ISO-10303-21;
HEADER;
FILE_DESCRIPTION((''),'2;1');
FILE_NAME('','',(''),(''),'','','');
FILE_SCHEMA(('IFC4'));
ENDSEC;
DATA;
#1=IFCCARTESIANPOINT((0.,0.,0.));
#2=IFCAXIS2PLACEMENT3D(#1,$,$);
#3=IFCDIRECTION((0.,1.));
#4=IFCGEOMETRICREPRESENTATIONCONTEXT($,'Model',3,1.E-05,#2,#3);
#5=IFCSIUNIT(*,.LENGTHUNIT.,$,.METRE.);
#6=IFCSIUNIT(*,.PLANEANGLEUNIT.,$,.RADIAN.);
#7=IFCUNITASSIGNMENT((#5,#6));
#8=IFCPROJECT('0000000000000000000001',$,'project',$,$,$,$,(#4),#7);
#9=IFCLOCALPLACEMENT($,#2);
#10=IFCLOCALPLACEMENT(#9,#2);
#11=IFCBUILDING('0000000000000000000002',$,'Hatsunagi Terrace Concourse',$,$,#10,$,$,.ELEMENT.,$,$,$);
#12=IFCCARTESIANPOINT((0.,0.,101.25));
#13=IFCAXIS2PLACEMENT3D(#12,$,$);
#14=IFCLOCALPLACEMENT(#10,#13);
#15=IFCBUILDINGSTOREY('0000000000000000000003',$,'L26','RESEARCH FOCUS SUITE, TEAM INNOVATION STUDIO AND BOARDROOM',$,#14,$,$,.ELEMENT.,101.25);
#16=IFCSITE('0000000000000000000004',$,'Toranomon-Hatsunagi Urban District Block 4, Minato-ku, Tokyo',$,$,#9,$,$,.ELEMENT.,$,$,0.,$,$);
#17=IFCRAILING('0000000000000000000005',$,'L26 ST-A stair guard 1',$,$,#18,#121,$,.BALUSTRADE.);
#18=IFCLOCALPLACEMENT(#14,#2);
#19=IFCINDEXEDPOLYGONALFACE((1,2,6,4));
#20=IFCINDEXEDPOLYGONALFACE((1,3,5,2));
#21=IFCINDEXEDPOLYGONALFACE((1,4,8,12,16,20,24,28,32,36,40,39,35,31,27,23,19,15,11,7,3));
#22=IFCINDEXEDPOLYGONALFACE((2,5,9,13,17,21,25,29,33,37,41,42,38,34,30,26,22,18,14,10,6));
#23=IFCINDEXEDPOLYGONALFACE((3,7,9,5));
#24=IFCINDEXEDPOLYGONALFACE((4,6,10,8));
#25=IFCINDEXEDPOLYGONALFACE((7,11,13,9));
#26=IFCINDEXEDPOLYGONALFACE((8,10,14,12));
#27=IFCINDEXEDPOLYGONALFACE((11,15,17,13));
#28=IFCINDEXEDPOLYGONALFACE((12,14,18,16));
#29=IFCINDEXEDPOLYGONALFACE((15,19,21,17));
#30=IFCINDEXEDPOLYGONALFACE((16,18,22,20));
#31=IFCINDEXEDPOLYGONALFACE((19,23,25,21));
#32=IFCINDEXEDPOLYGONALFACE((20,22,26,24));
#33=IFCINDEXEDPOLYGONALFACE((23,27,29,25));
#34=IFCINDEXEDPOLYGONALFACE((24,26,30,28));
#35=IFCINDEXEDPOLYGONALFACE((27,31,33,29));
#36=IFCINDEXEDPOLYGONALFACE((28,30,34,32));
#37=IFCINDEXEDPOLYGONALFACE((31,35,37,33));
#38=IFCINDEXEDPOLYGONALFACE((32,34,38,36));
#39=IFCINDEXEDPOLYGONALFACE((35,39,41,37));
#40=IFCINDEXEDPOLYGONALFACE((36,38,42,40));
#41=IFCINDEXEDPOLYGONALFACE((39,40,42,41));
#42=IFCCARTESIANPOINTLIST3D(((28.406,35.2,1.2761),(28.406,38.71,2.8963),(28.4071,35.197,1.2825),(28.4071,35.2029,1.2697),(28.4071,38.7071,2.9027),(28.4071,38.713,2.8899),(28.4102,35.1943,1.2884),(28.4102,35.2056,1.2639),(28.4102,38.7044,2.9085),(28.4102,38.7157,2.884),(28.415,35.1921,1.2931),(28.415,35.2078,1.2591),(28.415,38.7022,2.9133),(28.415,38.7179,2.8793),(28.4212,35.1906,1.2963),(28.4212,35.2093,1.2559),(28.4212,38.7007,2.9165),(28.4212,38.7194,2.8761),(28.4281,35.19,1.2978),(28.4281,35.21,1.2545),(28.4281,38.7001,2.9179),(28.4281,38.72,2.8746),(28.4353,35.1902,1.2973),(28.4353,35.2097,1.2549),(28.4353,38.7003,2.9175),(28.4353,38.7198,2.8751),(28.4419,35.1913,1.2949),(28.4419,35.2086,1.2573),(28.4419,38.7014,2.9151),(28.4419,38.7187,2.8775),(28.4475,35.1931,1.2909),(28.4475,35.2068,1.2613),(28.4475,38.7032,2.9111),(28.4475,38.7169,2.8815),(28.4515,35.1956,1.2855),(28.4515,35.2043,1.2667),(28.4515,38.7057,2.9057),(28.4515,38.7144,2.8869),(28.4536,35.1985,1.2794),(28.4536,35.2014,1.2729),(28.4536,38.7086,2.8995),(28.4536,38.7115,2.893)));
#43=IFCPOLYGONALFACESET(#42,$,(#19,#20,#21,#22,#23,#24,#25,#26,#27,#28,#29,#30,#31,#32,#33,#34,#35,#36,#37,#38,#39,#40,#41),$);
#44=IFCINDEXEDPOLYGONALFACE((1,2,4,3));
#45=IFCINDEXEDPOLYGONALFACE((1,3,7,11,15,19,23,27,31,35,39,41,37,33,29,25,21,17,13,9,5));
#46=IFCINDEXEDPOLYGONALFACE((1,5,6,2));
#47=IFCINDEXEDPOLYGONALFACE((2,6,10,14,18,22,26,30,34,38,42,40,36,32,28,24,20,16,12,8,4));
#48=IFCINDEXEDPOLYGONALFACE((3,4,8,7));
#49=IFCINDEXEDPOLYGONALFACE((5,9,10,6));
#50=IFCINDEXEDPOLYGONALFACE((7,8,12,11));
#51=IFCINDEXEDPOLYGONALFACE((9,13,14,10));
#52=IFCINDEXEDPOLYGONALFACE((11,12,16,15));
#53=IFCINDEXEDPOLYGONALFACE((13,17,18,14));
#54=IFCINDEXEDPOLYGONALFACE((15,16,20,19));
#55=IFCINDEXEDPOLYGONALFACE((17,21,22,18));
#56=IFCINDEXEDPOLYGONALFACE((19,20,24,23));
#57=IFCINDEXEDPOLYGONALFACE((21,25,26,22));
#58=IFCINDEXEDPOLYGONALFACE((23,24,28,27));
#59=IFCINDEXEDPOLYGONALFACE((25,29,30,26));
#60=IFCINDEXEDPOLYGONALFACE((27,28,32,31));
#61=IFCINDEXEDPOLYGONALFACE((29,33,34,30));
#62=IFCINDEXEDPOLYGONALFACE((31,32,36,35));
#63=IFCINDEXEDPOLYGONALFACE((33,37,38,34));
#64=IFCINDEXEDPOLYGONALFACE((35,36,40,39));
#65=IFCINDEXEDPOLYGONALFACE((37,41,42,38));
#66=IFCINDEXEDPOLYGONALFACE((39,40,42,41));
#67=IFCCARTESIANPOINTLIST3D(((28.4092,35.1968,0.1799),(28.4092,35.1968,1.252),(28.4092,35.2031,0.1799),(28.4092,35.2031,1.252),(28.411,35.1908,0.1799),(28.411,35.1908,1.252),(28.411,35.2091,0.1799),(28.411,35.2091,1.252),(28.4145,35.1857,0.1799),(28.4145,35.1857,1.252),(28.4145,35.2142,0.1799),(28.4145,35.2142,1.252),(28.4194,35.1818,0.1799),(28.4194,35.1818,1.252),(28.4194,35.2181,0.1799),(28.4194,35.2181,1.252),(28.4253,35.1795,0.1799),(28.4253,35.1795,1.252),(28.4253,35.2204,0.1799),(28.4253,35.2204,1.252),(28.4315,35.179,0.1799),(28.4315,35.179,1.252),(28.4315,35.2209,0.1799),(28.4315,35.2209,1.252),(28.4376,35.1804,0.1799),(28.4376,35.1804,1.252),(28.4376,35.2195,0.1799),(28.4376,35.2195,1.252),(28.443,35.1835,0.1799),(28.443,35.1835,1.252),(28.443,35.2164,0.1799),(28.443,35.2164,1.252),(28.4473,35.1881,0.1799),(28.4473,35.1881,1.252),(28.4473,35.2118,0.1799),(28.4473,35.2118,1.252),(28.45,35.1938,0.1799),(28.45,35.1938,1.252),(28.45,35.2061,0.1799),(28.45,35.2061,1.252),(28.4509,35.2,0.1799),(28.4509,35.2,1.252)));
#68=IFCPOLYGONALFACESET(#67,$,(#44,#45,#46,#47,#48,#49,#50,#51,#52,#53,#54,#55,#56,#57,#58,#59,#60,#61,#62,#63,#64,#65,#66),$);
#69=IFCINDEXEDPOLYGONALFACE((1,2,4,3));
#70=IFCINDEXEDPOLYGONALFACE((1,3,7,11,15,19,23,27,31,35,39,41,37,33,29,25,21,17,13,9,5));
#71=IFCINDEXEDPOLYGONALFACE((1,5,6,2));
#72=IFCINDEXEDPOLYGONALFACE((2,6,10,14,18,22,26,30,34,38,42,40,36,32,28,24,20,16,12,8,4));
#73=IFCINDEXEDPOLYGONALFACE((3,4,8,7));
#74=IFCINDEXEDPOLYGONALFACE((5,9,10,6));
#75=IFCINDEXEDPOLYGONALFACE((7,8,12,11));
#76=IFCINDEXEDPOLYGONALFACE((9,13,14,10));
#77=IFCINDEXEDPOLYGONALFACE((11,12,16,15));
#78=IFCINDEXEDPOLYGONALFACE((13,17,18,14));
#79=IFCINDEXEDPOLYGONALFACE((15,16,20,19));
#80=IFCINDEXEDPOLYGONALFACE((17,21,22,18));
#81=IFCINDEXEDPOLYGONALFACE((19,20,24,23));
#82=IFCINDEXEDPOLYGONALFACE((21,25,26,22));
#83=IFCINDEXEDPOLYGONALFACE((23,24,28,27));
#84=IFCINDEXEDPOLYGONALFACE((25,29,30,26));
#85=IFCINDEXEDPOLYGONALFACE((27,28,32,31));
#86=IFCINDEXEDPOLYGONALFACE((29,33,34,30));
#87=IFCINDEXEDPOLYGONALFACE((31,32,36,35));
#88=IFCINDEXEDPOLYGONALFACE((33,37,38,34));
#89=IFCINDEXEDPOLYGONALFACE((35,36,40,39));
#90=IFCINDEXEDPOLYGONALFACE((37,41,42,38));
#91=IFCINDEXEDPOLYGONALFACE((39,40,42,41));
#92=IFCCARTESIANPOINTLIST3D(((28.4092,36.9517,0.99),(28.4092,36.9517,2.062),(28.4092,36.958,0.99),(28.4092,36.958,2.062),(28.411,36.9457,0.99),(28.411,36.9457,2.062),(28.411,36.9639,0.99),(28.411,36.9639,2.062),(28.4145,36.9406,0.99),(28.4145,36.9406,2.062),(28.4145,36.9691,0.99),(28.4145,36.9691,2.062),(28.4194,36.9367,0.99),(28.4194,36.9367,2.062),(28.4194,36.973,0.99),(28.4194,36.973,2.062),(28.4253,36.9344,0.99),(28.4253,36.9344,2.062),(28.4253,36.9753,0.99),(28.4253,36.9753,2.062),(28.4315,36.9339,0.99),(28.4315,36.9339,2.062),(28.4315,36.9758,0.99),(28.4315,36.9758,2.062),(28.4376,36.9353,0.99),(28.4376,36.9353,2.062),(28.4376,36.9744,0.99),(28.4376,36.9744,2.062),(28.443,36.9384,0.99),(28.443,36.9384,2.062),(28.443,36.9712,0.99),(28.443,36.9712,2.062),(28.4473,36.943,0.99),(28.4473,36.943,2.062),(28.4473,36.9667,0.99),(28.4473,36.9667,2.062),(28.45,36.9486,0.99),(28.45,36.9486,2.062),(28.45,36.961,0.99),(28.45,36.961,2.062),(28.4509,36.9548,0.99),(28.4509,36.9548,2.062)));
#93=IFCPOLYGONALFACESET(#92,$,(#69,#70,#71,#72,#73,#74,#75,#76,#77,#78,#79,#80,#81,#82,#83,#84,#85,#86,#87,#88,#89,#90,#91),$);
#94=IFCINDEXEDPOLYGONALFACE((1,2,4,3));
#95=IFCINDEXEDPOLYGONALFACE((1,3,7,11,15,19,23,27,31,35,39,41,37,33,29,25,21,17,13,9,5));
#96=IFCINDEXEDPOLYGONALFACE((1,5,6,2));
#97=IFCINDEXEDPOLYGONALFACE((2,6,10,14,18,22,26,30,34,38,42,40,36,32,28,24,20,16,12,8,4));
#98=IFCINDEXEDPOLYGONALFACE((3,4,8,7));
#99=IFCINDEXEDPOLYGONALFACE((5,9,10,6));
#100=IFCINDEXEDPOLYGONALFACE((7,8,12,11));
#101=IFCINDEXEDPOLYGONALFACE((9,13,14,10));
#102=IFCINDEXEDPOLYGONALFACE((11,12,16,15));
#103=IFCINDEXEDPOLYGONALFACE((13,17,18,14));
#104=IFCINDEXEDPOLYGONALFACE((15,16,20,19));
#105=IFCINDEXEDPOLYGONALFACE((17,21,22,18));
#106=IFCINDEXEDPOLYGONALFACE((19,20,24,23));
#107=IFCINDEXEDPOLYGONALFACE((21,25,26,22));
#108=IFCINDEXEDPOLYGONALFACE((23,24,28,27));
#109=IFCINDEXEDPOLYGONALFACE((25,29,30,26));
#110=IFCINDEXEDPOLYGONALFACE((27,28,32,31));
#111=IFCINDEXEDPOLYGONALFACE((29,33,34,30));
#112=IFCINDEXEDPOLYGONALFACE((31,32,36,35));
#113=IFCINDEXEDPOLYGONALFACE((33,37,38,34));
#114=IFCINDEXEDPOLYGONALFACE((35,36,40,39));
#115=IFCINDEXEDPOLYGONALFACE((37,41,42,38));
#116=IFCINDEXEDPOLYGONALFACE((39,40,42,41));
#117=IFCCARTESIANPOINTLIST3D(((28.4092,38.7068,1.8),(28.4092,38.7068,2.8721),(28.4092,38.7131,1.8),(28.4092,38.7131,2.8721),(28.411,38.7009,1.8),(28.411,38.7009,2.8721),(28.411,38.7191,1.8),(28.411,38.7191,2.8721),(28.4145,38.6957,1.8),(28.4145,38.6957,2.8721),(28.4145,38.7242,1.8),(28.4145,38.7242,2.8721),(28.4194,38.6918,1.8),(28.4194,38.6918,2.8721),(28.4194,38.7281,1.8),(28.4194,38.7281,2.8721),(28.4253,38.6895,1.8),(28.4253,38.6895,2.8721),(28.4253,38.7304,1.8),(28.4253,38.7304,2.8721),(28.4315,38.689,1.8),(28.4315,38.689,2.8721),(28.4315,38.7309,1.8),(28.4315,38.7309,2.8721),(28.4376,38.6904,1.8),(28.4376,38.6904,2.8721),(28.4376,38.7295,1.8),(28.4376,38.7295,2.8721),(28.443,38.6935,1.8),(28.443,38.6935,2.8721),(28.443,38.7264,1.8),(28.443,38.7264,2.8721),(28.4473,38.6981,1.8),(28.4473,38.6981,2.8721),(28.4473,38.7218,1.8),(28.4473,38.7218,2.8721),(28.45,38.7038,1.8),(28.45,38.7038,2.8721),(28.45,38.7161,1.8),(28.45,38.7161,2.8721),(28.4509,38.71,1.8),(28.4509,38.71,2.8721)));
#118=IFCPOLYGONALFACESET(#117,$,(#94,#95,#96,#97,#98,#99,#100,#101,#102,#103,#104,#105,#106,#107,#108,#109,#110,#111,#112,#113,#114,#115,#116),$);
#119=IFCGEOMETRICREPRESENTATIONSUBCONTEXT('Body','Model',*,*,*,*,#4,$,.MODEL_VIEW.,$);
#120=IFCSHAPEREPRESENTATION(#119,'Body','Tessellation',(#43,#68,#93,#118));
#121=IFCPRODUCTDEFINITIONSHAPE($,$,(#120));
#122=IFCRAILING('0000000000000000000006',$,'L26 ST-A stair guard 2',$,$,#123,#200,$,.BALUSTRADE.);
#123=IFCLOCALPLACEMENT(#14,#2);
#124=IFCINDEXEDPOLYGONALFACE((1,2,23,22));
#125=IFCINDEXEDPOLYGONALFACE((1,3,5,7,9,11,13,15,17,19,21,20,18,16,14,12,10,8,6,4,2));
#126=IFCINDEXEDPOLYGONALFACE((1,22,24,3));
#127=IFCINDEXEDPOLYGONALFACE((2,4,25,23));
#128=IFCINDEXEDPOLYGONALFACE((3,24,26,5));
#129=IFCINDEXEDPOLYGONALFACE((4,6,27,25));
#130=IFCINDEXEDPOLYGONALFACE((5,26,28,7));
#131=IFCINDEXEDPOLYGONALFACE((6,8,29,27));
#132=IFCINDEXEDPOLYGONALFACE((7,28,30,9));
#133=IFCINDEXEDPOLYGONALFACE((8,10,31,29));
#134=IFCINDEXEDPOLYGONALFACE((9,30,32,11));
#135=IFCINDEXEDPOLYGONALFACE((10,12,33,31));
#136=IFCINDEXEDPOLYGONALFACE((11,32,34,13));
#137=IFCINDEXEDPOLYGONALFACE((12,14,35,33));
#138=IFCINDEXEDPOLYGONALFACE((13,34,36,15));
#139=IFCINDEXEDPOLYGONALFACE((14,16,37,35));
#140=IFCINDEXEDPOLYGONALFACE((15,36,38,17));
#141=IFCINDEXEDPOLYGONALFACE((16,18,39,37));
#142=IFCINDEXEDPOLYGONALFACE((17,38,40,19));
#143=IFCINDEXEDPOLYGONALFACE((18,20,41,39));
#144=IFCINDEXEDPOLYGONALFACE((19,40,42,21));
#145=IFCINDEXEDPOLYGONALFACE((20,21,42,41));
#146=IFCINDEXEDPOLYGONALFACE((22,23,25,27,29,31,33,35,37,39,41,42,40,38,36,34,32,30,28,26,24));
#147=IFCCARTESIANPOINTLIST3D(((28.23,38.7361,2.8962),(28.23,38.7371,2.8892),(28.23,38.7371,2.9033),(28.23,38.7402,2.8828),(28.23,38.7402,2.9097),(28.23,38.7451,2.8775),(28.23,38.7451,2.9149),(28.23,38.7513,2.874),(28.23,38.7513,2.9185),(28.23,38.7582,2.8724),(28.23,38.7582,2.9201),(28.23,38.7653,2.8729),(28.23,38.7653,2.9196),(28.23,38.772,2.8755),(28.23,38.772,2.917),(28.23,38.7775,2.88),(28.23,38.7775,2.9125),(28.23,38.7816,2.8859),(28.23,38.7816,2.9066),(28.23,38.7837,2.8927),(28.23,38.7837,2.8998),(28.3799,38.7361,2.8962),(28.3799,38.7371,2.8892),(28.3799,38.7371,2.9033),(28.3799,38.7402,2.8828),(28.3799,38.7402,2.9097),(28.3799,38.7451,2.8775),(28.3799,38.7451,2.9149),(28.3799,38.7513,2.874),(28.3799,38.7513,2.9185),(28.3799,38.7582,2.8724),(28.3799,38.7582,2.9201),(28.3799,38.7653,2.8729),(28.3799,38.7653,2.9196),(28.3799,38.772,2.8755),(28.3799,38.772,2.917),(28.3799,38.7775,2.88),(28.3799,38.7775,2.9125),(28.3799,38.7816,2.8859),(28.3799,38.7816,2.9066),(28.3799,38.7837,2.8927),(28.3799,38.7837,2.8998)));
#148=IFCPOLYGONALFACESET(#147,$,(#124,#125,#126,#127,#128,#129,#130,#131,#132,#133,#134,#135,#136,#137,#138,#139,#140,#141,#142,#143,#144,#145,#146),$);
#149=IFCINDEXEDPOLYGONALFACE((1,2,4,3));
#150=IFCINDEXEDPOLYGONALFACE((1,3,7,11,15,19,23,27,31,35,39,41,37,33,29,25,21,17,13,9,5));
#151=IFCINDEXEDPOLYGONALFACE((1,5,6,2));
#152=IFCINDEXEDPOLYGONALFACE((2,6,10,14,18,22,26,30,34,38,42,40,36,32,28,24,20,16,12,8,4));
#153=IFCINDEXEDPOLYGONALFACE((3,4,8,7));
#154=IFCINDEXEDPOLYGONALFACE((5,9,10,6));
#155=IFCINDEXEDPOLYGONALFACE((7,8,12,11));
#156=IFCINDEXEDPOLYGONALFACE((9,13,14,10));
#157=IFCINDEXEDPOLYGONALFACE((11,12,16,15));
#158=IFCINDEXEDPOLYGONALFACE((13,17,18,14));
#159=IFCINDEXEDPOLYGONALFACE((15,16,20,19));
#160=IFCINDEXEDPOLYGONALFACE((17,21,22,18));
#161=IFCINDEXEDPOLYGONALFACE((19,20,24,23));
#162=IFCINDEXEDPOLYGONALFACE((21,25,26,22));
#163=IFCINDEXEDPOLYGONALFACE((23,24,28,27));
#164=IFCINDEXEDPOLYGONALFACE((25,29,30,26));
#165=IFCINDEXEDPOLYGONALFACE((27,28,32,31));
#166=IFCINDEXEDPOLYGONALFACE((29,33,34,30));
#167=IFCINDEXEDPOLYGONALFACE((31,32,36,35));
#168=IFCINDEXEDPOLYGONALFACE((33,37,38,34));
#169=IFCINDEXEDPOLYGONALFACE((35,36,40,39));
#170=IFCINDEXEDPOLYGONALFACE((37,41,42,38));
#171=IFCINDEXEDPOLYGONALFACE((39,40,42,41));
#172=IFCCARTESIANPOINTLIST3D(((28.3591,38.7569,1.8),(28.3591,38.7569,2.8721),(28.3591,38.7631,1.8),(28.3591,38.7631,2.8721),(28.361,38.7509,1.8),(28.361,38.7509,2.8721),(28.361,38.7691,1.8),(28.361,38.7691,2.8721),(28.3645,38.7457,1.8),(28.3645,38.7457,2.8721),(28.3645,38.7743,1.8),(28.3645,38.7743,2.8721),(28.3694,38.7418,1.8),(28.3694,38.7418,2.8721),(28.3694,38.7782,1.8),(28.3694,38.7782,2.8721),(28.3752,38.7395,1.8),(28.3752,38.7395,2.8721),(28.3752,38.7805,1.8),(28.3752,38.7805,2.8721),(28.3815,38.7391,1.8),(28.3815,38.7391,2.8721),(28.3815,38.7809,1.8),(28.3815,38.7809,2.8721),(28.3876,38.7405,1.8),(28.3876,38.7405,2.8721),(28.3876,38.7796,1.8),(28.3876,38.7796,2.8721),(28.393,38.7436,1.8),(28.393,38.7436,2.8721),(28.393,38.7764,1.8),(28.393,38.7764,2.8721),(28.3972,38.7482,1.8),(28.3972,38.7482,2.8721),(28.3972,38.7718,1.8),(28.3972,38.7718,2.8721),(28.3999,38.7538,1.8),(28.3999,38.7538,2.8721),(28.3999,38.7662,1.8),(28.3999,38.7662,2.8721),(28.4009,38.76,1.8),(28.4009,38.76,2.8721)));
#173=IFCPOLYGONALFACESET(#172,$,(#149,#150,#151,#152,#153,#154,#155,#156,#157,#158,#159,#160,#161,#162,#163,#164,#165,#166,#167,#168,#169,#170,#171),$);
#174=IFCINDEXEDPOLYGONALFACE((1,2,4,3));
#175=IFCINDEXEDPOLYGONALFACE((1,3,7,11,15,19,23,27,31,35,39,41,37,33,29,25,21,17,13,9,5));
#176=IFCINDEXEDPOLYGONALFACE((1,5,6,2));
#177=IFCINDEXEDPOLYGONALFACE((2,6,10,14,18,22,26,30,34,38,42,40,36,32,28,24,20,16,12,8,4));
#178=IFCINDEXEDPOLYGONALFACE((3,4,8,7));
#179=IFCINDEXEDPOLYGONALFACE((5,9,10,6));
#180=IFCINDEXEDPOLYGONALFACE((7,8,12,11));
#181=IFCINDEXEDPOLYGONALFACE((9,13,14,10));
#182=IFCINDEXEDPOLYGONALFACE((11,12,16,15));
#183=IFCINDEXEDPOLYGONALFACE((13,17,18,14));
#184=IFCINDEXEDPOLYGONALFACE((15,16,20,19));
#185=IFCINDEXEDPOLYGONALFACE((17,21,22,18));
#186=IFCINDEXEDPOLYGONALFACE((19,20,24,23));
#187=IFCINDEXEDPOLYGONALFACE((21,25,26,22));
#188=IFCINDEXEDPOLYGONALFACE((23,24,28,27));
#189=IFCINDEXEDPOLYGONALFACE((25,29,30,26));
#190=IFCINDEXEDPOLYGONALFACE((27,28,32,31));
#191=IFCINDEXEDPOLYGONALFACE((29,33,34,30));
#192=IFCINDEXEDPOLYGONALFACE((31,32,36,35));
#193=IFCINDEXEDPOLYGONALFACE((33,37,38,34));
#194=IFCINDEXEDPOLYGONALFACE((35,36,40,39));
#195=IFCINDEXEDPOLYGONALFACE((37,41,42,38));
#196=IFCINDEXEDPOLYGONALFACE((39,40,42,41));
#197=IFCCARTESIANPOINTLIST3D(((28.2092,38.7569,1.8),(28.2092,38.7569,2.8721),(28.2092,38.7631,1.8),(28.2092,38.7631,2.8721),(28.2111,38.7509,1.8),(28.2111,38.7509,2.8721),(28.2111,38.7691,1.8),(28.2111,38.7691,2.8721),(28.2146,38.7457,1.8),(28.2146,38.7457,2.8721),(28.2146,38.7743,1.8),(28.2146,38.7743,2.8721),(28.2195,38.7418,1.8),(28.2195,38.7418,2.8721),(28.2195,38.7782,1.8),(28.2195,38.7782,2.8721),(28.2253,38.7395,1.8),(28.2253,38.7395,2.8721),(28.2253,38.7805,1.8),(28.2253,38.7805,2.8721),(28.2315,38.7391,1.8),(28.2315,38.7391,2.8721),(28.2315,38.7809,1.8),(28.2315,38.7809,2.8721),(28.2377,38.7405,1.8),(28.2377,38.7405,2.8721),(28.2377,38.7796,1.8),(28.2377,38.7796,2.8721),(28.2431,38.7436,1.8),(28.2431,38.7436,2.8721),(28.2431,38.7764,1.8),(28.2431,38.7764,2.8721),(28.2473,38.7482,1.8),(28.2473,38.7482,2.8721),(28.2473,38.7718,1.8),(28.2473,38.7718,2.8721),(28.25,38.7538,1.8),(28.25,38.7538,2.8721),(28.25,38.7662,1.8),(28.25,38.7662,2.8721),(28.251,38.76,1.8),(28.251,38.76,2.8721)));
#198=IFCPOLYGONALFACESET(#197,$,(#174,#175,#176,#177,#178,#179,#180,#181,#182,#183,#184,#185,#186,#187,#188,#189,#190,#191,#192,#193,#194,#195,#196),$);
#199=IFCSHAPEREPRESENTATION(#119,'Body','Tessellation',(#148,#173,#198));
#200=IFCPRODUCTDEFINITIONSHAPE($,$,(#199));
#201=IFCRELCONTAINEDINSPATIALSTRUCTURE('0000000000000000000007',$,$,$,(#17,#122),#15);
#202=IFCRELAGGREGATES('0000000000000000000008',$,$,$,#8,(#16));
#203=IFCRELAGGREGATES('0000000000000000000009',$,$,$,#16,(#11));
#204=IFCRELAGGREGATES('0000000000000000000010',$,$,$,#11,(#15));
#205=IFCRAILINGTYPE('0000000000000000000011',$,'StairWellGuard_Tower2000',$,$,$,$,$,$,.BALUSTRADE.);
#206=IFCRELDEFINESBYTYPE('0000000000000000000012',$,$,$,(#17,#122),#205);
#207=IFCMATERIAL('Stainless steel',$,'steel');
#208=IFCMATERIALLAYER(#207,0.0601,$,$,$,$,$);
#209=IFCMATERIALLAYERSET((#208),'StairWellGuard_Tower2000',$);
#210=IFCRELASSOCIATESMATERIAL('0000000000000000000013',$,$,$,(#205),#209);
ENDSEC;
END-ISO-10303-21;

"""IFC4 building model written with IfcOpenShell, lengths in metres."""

from ifc_helpers import new_model, si_unit, direction, frame, origin, origin_2d, place, context, subcontext, project, spatial, circle, extrude, material, layer, layer_set, type_object, element, save


model = new_model("IFC4")

# Units and contexts
model_context = context("Model", 3, precision=1e-05, world=origin(), true_north=direction((0.0, 1.0)))
body_context = subcontext(model_context, "Body", "Model", "MODEL_VIEW")
ifc_project = project(units=[si_unit("LENGTHUNIT", "METRE"), si_unit("PLANEANGLEUNIT", "RADIAN")], contexts=[model_context])

# Site, building, storey
site_placement = place(None, origin())
site = spatial("IfcSite", under=ifc_project, at=site_placement, Name="Toranomon-Hatsunagi Urban District Block 4, Minato-ku, Tokyo", CompositionType="ELEMENT", RefElevation=0.0)
building_placement = place(site_placement, origin())
building = spatial("IfcBuilding", under=site, at=building_placement, Name="Hatsunagi Terrace Concourse", CompositionType="ELEMENT")
storey_placement = place(building_placement, frame((0.0, 0.0, 101.25)))
storey = spatial("IfcBuildingStorey", under=building, at=storey_placement, Name="L26", Description="RESEARCH FOCUS SUITE, TEAM INNOVATION STUDIO AND BOARDROOM", CompositionType="ELEMENT", Elevation=101.25)

# Railings
ifc_material_1 = material(Name="Stainless steel", Category="steel")
ifc_layer_1 = layer(ifc_material_1, 0.0601)
ifc_layer_set_1 = layer_set([ifc_layer_1], Name="StairWellGuard_Tower2000")
railing_type_1 = type_object("IfcRailingType", Name="StairWellGuard_Tower2000", PredefinedType="BALUSTRADE", material=ifc_layer_set_1)
railing_1_placement = place(storey_placement, frame((28.4299, 35.2, 0.1799)))
element("IfcRailing", 1, at=railing_1_placement, inside=storey, type_object=railing_type_1, Name="L26 ST-A stair guard 1", PredefinedType="BALUSTRADE", context=body_context, shape_type="SweptSolid", body=[
    extrude(circle(Radius=0.0239, at=origin_2d()), frame((0.0, 0.0, 1.0962), z_axis=(0.0, 0.907948, 0.419082), x_axis=(-1.0, 0.0, 0.0)), (0.0, 0.0, 1.0), 3.866),
    extrude(circle(Radius=0.021, at=origin_2d()), origin(), (0.0, 0.0, 1.0), 1.072),
    extrude(circle(Radius=0.021, at=origin_2d()), frame((0.0, 1.7549, 0.8101)), (0.0, 0.0, 1.0), 1.072),
    extrude(circle(Radius=0.021, at=origin_2d()), frame((0.0, 3.51, 1.6201)), (0.0, 0.0, 1.0), 1.072),
])
railing_2_placement = place(storey_placement, frame((28.3799, 38.76, 1.8)))
element("IfcRailing", 2, at=railing_2_placement, inside=storey, type_object=railing_type_1, Name="L26 ST-A stair guard 2", PredefinedType="BALUSTRADE", context=body_context, shape_type="SweptSolid", body=[
    extrude(circle(Radius=0.0239, at=origin_2d()), frame((0.0, 0.0, 1.0962), z_axis=(-1.0, 0.0, 0.0), x_axis=(0.0, -1.0, 0.0)), (0.0, 0.0, 1.0), 0.1499),
    extrude(circle(Radius=0.021, at=origin_2d()), origin(), (0.0, 0.0, 1.0), 1.072),
    extrude(circle(Radius=0.021, at=origin_2d()), frame((-0.1499, 0.0, 0.0)), (0.0, 0.0, 1.0), 1.072),
])

save(model, "model.ifc")
